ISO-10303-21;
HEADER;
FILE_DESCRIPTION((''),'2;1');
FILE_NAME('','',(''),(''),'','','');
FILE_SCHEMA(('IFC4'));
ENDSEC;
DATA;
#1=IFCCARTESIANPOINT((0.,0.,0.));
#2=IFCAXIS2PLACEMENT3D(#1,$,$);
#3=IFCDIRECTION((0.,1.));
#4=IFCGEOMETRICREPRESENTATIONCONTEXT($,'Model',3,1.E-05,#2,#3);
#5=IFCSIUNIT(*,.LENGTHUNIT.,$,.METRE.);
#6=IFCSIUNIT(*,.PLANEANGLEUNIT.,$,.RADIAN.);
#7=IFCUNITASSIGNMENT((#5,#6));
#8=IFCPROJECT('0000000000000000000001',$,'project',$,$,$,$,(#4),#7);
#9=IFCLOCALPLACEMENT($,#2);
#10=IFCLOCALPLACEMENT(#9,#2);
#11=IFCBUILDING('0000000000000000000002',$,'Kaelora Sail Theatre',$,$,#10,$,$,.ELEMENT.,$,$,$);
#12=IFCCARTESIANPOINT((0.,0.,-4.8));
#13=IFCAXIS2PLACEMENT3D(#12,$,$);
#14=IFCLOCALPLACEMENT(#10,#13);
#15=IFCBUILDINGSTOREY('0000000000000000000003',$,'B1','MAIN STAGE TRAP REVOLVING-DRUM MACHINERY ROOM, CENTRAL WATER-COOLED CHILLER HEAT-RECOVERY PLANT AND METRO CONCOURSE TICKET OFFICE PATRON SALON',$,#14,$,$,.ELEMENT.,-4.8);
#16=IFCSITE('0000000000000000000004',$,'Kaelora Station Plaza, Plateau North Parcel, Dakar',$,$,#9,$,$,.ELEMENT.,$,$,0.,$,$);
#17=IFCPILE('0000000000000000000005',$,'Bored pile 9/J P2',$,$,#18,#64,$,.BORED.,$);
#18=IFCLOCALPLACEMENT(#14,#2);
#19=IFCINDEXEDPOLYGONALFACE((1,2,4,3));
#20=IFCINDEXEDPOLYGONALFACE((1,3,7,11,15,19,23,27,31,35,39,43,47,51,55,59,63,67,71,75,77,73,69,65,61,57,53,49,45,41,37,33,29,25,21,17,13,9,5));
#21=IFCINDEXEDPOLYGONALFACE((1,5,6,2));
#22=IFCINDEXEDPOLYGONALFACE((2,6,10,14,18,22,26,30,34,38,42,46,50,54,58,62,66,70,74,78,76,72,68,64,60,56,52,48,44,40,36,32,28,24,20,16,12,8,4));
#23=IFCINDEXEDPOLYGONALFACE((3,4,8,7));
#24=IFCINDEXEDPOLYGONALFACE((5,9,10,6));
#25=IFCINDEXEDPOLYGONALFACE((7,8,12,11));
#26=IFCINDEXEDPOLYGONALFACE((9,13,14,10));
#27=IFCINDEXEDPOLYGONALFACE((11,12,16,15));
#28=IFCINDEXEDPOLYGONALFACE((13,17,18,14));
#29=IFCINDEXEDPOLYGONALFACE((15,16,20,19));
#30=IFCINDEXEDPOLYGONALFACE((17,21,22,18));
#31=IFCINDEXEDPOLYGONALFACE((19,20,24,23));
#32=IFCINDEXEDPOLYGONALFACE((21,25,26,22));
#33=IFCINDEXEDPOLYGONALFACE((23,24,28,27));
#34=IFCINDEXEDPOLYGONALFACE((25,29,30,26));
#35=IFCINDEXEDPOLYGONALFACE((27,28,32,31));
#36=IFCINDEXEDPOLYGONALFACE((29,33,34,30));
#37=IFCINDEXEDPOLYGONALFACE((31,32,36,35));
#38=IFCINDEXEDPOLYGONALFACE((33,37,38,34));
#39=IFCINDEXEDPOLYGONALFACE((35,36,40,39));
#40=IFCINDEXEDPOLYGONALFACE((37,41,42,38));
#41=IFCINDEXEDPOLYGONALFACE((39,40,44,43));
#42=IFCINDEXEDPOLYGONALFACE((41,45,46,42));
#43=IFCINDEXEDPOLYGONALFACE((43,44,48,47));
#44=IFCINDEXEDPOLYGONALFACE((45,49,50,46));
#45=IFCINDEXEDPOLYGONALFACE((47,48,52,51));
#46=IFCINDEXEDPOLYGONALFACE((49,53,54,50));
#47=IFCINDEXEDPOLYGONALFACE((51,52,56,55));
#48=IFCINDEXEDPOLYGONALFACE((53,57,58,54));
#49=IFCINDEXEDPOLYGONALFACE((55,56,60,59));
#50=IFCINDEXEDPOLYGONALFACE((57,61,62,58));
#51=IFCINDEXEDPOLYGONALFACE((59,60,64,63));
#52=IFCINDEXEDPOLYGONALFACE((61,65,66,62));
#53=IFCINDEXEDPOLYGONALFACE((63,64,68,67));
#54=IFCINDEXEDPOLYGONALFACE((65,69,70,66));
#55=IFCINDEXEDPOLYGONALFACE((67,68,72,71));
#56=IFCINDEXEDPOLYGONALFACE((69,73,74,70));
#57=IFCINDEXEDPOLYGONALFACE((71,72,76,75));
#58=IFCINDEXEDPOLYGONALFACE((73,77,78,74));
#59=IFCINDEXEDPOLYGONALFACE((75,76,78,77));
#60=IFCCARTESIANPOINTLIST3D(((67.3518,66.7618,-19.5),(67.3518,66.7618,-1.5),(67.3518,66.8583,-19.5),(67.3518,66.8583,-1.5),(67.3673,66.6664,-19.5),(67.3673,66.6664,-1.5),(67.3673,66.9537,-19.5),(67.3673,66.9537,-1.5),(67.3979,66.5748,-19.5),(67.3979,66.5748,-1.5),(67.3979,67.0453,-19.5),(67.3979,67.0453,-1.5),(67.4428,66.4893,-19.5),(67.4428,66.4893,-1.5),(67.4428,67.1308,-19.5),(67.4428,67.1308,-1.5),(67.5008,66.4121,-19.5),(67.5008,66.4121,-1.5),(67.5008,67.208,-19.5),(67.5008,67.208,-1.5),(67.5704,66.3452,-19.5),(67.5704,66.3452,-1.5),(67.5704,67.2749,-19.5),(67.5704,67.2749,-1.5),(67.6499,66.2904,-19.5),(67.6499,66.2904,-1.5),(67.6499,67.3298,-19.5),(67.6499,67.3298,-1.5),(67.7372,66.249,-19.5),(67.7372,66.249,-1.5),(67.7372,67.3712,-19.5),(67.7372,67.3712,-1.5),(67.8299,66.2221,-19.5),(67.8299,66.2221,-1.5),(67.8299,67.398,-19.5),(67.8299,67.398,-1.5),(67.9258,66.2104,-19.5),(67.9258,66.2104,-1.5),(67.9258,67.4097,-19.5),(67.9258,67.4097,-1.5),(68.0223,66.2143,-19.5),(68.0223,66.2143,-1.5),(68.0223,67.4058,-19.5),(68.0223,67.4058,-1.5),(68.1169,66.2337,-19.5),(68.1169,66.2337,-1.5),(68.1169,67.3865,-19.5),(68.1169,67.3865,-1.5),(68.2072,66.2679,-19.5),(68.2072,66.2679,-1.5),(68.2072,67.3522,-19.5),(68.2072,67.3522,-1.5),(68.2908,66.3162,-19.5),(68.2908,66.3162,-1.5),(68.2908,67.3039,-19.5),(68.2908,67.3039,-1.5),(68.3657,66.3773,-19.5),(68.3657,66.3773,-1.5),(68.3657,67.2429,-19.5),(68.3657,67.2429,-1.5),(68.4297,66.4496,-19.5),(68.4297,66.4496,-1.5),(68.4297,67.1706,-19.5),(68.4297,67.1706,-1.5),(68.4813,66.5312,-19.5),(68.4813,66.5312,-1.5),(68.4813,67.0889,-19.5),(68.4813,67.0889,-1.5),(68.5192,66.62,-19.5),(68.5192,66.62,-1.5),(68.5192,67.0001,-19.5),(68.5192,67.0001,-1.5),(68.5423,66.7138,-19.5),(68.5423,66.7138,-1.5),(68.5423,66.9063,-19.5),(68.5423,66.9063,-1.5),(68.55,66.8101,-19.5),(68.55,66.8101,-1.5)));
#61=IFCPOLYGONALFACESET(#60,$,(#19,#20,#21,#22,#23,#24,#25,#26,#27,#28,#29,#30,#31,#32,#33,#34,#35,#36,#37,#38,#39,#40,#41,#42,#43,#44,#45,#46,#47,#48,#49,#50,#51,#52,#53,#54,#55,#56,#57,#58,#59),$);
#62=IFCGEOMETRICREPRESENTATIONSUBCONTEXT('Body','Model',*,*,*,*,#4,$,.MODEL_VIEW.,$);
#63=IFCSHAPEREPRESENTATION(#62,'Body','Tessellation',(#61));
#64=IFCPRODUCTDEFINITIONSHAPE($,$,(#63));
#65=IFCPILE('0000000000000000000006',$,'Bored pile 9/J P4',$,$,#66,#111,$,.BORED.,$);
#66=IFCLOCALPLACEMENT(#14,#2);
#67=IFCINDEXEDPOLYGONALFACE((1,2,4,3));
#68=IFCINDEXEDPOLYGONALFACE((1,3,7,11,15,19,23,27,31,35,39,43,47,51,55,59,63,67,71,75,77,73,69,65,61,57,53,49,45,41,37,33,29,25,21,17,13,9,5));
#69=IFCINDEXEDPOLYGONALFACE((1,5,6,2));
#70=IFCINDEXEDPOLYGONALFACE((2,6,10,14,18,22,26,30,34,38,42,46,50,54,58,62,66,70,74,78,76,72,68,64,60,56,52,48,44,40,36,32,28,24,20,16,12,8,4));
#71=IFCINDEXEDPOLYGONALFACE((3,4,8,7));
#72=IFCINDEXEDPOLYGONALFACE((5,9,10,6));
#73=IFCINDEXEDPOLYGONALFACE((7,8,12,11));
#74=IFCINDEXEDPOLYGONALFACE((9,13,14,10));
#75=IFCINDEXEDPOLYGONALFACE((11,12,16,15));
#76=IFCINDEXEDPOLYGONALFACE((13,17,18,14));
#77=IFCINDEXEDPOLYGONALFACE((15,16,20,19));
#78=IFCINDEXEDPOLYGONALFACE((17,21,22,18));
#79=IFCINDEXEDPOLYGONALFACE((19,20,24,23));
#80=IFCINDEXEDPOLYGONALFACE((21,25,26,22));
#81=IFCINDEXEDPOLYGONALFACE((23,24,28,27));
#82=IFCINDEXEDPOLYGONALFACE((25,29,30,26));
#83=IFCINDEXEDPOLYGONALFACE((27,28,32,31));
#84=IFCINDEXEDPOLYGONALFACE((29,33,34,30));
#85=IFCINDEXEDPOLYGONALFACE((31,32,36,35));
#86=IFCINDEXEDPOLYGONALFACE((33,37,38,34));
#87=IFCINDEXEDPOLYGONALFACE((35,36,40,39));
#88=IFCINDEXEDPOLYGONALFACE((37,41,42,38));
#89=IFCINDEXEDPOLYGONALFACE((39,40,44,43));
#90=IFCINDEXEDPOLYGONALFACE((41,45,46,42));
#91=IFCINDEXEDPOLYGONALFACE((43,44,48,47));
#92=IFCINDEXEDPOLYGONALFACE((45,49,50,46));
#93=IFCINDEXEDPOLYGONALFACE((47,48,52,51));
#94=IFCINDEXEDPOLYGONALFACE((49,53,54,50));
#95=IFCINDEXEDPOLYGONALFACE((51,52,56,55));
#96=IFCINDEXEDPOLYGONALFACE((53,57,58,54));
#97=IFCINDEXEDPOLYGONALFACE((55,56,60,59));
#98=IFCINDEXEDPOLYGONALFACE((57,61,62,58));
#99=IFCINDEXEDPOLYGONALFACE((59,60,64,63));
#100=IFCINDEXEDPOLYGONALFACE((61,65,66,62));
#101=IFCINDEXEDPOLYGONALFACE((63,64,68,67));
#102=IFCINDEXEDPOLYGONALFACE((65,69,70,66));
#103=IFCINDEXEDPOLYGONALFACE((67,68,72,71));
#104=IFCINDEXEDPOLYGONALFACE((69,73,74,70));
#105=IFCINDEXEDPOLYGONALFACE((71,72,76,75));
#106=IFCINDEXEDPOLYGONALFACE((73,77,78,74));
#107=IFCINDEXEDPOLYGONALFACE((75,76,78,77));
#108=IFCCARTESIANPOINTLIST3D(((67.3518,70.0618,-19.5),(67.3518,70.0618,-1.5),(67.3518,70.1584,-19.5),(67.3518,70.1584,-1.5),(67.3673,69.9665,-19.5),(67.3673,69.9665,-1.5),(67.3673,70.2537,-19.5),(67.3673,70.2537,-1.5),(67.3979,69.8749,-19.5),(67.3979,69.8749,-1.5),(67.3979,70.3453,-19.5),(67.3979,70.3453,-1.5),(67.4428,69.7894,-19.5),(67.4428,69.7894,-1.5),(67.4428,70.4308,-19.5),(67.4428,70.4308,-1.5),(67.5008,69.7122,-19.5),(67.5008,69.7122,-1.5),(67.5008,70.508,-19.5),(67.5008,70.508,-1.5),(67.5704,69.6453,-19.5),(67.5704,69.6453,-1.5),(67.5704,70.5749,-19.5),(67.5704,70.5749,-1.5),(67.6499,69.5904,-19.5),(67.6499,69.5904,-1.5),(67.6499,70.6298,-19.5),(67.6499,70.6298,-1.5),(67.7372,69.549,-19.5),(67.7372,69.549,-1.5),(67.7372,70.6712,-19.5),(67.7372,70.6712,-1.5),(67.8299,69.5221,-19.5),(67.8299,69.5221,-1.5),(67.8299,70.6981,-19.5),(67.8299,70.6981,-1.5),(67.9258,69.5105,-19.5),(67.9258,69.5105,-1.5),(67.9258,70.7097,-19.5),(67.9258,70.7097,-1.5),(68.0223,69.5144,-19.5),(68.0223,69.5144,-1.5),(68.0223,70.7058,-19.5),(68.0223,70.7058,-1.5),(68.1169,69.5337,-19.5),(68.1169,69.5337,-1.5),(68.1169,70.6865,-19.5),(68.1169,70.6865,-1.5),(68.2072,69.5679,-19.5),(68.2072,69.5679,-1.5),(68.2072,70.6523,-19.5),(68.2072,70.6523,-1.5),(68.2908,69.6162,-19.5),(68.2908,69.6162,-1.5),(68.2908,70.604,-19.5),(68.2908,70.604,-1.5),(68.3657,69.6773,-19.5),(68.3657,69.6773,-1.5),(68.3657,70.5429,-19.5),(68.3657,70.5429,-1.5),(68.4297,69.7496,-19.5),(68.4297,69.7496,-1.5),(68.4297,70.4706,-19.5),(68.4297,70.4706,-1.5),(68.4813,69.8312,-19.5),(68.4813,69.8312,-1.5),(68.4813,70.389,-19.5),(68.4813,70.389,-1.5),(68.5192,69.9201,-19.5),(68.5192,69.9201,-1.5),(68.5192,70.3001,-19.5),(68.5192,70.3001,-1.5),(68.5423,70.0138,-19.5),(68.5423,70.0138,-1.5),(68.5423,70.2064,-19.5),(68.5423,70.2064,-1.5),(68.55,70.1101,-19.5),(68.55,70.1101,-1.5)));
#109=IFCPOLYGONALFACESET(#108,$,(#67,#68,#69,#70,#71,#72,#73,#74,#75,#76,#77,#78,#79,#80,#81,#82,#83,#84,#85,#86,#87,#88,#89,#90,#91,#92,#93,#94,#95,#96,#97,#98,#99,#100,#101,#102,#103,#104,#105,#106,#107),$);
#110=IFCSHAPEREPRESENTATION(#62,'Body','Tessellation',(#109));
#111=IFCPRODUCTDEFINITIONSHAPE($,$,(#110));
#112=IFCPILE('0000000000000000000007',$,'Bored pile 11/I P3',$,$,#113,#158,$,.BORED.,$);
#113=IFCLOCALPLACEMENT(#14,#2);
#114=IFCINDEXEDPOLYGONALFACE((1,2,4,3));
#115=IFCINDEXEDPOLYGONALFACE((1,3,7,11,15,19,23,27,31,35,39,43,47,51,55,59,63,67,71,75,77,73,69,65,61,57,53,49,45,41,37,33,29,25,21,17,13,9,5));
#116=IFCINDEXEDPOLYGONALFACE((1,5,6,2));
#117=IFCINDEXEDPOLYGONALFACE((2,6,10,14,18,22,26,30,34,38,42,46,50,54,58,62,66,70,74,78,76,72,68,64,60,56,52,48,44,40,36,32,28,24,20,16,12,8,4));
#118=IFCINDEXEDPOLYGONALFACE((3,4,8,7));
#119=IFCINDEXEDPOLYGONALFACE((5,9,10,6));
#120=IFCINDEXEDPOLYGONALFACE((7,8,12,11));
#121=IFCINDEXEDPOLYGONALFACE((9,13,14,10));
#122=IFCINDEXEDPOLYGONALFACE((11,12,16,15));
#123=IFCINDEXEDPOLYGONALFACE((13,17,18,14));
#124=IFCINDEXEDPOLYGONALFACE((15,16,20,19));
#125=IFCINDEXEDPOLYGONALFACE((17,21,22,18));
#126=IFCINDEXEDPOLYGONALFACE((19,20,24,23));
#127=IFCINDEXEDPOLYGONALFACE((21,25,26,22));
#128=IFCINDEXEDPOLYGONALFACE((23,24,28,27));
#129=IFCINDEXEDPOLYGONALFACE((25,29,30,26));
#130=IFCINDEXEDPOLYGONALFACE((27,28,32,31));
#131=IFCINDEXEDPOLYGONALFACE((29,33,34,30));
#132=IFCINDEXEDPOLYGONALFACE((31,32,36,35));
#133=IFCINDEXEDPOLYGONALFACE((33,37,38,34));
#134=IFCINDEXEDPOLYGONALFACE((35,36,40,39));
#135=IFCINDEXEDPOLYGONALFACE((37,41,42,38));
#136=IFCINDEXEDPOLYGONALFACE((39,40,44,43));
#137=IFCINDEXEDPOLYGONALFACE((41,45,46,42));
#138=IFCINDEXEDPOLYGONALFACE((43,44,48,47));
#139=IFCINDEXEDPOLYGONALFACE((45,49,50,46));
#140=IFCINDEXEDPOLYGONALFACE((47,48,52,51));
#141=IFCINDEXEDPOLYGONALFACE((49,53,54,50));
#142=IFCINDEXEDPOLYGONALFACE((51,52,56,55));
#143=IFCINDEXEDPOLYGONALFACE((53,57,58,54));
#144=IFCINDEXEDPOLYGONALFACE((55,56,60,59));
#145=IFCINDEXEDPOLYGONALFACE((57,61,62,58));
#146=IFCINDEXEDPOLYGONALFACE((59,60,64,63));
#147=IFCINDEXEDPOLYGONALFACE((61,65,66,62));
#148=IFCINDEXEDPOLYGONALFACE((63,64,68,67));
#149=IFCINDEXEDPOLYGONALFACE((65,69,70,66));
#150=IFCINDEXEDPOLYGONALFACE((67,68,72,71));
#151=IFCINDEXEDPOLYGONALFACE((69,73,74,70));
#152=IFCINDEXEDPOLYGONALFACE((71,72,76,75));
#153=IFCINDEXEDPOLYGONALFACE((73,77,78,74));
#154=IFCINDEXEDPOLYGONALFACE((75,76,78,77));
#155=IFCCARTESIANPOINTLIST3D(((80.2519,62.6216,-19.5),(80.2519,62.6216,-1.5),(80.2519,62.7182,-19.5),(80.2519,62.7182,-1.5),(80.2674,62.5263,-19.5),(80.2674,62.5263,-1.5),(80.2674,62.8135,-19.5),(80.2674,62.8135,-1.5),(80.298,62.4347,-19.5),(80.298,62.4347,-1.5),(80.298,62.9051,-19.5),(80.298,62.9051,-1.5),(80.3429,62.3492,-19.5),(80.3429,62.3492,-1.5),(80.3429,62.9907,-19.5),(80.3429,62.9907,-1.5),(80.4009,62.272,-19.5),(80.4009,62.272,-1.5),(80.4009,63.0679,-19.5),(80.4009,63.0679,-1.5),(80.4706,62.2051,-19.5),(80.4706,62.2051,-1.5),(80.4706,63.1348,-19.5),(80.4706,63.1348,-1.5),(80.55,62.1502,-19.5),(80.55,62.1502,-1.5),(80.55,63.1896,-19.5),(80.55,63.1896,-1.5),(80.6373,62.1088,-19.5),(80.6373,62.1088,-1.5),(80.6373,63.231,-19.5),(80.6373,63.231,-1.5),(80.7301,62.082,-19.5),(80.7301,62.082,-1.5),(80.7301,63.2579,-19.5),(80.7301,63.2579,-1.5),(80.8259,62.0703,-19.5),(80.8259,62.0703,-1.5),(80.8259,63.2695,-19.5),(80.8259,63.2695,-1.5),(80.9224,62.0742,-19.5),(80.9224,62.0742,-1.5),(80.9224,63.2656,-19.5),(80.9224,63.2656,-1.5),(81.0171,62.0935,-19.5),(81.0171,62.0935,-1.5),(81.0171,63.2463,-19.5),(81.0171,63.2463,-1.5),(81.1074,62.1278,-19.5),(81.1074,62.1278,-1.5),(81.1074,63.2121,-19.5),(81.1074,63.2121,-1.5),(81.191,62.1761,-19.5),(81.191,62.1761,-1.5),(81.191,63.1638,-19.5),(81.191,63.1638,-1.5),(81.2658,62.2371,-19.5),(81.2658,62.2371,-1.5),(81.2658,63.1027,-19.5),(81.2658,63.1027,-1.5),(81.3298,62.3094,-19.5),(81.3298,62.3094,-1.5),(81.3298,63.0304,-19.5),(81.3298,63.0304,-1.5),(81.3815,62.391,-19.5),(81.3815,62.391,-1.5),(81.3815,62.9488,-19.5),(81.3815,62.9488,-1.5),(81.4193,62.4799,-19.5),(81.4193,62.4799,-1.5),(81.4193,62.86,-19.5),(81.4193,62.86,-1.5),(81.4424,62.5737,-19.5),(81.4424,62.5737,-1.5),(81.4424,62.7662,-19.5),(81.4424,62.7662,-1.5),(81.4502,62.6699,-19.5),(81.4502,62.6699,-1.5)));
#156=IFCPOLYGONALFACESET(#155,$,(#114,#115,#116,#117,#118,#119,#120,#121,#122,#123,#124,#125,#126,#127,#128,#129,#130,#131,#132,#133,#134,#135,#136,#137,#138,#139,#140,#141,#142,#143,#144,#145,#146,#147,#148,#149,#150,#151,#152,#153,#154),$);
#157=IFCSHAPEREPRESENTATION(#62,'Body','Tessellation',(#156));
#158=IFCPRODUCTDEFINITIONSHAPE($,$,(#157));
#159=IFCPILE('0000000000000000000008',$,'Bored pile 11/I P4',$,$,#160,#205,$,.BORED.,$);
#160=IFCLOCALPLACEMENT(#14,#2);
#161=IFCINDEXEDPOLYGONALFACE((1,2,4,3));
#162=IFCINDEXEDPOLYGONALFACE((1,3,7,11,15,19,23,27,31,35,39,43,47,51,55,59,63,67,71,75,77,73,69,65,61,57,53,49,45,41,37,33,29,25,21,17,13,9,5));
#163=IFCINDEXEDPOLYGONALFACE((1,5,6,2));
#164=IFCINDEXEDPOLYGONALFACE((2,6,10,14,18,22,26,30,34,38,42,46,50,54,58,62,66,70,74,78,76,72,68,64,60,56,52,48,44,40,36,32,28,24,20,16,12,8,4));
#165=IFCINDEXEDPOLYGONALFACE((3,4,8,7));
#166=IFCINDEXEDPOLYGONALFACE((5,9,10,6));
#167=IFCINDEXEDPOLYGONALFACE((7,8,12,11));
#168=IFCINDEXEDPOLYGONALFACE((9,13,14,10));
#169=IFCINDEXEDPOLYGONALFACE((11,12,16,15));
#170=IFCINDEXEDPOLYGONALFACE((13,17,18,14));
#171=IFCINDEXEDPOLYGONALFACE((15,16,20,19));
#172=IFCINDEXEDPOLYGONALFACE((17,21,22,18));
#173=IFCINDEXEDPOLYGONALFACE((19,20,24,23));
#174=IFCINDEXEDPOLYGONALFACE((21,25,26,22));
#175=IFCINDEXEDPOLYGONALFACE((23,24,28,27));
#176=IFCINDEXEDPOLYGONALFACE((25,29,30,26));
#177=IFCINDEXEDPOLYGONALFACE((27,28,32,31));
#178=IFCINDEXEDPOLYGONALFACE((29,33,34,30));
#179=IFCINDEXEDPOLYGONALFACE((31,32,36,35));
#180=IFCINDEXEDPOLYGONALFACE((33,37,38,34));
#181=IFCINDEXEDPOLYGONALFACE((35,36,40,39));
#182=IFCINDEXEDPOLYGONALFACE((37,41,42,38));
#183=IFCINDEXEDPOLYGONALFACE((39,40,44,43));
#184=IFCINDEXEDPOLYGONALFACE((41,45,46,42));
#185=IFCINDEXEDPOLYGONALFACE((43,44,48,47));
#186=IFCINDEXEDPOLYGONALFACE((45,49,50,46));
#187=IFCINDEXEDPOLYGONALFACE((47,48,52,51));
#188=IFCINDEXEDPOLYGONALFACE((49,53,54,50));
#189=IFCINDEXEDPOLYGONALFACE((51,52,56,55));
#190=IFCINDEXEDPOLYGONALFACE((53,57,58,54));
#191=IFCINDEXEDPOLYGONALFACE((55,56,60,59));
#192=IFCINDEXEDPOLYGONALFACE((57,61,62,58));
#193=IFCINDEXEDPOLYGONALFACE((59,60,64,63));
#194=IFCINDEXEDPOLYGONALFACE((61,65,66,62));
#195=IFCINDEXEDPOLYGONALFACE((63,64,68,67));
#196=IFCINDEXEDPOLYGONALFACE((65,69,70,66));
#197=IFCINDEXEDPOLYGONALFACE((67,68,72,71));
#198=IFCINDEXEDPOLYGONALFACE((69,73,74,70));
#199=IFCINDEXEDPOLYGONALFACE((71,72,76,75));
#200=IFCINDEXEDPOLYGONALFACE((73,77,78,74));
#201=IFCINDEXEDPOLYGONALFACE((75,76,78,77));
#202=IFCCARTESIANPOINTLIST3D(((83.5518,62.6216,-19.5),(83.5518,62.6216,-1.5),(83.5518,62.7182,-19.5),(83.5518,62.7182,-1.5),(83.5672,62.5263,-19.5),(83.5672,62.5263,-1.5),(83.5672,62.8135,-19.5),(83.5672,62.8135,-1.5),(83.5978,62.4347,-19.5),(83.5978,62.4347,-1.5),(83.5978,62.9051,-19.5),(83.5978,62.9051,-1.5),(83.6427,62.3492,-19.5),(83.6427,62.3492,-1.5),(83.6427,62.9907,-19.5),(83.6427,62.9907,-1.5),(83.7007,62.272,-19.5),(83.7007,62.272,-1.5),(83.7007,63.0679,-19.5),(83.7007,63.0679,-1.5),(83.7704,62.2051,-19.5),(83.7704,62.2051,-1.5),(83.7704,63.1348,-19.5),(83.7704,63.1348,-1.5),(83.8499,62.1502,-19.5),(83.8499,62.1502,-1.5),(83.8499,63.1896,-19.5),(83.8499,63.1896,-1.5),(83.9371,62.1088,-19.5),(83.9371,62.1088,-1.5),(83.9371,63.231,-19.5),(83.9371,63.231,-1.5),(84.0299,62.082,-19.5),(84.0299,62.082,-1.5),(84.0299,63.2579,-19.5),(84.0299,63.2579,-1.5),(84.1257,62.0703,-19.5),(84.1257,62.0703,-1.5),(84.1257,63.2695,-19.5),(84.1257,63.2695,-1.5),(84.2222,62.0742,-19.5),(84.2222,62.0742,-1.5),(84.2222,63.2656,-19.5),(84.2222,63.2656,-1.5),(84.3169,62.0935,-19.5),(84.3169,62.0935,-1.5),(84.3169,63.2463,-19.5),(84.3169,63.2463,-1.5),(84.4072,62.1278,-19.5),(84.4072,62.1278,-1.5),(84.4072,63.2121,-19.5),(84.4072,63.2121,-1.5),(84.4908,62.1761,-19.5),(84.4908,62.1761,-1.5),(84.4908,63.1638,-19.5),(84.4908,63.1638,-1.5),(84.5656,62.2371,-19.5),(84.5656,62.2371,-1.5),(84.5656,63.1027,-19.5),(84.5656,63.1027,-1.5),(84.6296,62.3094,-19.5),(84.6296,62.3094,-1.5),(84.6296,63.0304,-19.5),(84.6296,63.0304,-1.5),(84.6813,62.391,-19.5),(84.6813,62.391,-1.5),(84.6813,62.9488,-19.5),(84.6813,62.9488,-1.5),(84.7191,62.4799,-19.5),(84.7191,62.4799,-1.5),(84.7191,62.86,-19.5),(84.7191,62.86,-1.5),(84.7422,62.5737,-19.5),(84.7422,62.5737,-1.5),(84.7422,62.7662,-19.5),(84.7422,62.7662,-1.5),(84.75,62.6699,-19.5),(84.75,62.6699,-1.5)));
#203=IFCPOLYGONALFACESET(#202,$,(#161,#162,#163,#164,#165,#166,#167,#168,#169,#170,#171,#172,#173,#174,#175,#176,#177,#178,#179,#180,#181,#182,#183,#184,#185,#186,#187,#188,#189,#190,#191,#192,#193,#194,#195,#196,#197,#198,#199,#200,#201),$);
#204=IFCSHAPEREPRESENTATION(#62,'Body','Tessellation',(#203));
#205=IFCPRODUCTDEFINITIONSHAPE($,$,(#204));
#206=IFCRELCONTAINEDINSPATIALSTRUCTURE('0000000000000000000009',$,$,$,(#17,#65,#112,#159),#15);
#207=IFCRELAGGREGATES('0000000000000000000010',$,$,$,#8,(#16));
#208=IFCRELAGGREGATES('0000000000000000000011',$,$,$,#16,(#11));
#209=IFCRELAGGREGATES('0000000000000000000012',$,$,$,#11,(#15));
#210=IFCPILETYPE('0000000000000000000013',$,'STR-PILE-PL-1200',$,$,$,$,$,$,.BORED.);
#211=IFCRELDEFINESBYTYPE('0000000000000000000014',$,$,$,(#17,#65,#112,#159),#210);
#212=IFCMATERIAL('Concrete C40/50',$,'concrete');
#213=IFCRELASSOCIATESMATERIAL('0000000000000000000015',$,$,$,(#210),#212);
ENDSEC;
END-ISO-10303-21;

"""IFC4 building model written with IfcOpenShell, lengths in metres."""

from ifc_helpers import new_model, si_unit, direction, frame, origin, origin_2d, place, context, subcontext, project, spatial, circle, extrude, material, material_profile, profile_set, type_object, element, save


model = new_model("IFC4")

# Units and contexts
model_context = context("Model", 3, precision=1e-05, world=origin(), true_north=direction((0.0, 1.0)))
body_context = subcontext(model_context, "Body", "Model", "MODEL_VIEW")
ifc_project = project(units=[si_unit("LENGTHUNIT", "METRE"), si_unit("PLANEANGLEUNIT", "RADIAN")], contexts=[model_context])

# Site, building, storey
site_placement = place(None, origin())
site = spatial("IfcSite", under=ifc_project, at=site_placement, Name="Kaelora Station Plaza, Plateau North Parcel, Dakar", CompositionType="ELEMENT", RefElevation=0.0)
building_placement = place(site_placement, origin())
building = spatial("IfcBuilding", under=site, at=building_placement, Name="Kaelora Sail Theatre", CompositionType="ELEMENT")
storey_placement = place(building_placement, frame((0.0, 0.0, -4.8)))
storey = spatial("IfcBuildingStorey", under=building, at=storey_placement, Name="B1", Description="MAIN STAGE TRAP REVOLVING-DRUM MACHINERY ROOM, CENTRAL WATER-COOLED CHILLER HEAT-RECOVERY PLANT AND METRO CONCOURSE TICKET OFFICE PATRON SALON", CompositionType="ELEMENT", Elevation=-4.8)

# Piles
ifc_material_1 = material(Name="Concrete C40/50", Category="concrete")
ifc_material_profile_1 = material_profile(ifc_material_1, circle(Radius=0.6001, at=origin_2d()), Name="PILE D1200")
ifc_profile_set_1 = profile_set([ifc_material_profile_1], Name="Concrete C40/50")
pile_type_1 = type_object("IfcPileType", Name="STR-PILE-PL-1200", PredefinedType="BORED", material=ifc_profile_set_1)
for number, where, z_axis, x_axis, name in (
    (1, (67.95, 66.8101, -1.5), (0.0, 0.0, -1.0), (1.0, 0.0, 0.0), "Bored pile 9/J P2"),
    (2, (67.95, 70.1101, -1.5), (0.0, 0.0, -1.0), (1.0, 0.0, 0.0), "Bored pile 9/J P4"),
    (3, (80.8501, 62.6699, -1.5), (0.0, 0.0, -1.0), (1.0, 0.0, 0.0), "Bored pile 11/I P3"),
    (4, (84.1499, 62.6699, -1.5), (0.0, 0.0, -1.0), (1.0, 0.0, 0.0), "Bored pile 11/I P4"),
):
    element("IfcPile", number, at=place(storey_placement, frame(where, z_axis=z_axis, x_axis=x_axis)), inside=storey, type_object=pile_type_1, Name=name, PredefinedType="BORED", context=body_context, shape_type="SweptSolid", body=[
        extrude(circle(Radius=0.6001, at=origin_2d()), origin(), (0.0, 0.0, 1.0), 18.0),
    ])

save(model, "model.ifc")
